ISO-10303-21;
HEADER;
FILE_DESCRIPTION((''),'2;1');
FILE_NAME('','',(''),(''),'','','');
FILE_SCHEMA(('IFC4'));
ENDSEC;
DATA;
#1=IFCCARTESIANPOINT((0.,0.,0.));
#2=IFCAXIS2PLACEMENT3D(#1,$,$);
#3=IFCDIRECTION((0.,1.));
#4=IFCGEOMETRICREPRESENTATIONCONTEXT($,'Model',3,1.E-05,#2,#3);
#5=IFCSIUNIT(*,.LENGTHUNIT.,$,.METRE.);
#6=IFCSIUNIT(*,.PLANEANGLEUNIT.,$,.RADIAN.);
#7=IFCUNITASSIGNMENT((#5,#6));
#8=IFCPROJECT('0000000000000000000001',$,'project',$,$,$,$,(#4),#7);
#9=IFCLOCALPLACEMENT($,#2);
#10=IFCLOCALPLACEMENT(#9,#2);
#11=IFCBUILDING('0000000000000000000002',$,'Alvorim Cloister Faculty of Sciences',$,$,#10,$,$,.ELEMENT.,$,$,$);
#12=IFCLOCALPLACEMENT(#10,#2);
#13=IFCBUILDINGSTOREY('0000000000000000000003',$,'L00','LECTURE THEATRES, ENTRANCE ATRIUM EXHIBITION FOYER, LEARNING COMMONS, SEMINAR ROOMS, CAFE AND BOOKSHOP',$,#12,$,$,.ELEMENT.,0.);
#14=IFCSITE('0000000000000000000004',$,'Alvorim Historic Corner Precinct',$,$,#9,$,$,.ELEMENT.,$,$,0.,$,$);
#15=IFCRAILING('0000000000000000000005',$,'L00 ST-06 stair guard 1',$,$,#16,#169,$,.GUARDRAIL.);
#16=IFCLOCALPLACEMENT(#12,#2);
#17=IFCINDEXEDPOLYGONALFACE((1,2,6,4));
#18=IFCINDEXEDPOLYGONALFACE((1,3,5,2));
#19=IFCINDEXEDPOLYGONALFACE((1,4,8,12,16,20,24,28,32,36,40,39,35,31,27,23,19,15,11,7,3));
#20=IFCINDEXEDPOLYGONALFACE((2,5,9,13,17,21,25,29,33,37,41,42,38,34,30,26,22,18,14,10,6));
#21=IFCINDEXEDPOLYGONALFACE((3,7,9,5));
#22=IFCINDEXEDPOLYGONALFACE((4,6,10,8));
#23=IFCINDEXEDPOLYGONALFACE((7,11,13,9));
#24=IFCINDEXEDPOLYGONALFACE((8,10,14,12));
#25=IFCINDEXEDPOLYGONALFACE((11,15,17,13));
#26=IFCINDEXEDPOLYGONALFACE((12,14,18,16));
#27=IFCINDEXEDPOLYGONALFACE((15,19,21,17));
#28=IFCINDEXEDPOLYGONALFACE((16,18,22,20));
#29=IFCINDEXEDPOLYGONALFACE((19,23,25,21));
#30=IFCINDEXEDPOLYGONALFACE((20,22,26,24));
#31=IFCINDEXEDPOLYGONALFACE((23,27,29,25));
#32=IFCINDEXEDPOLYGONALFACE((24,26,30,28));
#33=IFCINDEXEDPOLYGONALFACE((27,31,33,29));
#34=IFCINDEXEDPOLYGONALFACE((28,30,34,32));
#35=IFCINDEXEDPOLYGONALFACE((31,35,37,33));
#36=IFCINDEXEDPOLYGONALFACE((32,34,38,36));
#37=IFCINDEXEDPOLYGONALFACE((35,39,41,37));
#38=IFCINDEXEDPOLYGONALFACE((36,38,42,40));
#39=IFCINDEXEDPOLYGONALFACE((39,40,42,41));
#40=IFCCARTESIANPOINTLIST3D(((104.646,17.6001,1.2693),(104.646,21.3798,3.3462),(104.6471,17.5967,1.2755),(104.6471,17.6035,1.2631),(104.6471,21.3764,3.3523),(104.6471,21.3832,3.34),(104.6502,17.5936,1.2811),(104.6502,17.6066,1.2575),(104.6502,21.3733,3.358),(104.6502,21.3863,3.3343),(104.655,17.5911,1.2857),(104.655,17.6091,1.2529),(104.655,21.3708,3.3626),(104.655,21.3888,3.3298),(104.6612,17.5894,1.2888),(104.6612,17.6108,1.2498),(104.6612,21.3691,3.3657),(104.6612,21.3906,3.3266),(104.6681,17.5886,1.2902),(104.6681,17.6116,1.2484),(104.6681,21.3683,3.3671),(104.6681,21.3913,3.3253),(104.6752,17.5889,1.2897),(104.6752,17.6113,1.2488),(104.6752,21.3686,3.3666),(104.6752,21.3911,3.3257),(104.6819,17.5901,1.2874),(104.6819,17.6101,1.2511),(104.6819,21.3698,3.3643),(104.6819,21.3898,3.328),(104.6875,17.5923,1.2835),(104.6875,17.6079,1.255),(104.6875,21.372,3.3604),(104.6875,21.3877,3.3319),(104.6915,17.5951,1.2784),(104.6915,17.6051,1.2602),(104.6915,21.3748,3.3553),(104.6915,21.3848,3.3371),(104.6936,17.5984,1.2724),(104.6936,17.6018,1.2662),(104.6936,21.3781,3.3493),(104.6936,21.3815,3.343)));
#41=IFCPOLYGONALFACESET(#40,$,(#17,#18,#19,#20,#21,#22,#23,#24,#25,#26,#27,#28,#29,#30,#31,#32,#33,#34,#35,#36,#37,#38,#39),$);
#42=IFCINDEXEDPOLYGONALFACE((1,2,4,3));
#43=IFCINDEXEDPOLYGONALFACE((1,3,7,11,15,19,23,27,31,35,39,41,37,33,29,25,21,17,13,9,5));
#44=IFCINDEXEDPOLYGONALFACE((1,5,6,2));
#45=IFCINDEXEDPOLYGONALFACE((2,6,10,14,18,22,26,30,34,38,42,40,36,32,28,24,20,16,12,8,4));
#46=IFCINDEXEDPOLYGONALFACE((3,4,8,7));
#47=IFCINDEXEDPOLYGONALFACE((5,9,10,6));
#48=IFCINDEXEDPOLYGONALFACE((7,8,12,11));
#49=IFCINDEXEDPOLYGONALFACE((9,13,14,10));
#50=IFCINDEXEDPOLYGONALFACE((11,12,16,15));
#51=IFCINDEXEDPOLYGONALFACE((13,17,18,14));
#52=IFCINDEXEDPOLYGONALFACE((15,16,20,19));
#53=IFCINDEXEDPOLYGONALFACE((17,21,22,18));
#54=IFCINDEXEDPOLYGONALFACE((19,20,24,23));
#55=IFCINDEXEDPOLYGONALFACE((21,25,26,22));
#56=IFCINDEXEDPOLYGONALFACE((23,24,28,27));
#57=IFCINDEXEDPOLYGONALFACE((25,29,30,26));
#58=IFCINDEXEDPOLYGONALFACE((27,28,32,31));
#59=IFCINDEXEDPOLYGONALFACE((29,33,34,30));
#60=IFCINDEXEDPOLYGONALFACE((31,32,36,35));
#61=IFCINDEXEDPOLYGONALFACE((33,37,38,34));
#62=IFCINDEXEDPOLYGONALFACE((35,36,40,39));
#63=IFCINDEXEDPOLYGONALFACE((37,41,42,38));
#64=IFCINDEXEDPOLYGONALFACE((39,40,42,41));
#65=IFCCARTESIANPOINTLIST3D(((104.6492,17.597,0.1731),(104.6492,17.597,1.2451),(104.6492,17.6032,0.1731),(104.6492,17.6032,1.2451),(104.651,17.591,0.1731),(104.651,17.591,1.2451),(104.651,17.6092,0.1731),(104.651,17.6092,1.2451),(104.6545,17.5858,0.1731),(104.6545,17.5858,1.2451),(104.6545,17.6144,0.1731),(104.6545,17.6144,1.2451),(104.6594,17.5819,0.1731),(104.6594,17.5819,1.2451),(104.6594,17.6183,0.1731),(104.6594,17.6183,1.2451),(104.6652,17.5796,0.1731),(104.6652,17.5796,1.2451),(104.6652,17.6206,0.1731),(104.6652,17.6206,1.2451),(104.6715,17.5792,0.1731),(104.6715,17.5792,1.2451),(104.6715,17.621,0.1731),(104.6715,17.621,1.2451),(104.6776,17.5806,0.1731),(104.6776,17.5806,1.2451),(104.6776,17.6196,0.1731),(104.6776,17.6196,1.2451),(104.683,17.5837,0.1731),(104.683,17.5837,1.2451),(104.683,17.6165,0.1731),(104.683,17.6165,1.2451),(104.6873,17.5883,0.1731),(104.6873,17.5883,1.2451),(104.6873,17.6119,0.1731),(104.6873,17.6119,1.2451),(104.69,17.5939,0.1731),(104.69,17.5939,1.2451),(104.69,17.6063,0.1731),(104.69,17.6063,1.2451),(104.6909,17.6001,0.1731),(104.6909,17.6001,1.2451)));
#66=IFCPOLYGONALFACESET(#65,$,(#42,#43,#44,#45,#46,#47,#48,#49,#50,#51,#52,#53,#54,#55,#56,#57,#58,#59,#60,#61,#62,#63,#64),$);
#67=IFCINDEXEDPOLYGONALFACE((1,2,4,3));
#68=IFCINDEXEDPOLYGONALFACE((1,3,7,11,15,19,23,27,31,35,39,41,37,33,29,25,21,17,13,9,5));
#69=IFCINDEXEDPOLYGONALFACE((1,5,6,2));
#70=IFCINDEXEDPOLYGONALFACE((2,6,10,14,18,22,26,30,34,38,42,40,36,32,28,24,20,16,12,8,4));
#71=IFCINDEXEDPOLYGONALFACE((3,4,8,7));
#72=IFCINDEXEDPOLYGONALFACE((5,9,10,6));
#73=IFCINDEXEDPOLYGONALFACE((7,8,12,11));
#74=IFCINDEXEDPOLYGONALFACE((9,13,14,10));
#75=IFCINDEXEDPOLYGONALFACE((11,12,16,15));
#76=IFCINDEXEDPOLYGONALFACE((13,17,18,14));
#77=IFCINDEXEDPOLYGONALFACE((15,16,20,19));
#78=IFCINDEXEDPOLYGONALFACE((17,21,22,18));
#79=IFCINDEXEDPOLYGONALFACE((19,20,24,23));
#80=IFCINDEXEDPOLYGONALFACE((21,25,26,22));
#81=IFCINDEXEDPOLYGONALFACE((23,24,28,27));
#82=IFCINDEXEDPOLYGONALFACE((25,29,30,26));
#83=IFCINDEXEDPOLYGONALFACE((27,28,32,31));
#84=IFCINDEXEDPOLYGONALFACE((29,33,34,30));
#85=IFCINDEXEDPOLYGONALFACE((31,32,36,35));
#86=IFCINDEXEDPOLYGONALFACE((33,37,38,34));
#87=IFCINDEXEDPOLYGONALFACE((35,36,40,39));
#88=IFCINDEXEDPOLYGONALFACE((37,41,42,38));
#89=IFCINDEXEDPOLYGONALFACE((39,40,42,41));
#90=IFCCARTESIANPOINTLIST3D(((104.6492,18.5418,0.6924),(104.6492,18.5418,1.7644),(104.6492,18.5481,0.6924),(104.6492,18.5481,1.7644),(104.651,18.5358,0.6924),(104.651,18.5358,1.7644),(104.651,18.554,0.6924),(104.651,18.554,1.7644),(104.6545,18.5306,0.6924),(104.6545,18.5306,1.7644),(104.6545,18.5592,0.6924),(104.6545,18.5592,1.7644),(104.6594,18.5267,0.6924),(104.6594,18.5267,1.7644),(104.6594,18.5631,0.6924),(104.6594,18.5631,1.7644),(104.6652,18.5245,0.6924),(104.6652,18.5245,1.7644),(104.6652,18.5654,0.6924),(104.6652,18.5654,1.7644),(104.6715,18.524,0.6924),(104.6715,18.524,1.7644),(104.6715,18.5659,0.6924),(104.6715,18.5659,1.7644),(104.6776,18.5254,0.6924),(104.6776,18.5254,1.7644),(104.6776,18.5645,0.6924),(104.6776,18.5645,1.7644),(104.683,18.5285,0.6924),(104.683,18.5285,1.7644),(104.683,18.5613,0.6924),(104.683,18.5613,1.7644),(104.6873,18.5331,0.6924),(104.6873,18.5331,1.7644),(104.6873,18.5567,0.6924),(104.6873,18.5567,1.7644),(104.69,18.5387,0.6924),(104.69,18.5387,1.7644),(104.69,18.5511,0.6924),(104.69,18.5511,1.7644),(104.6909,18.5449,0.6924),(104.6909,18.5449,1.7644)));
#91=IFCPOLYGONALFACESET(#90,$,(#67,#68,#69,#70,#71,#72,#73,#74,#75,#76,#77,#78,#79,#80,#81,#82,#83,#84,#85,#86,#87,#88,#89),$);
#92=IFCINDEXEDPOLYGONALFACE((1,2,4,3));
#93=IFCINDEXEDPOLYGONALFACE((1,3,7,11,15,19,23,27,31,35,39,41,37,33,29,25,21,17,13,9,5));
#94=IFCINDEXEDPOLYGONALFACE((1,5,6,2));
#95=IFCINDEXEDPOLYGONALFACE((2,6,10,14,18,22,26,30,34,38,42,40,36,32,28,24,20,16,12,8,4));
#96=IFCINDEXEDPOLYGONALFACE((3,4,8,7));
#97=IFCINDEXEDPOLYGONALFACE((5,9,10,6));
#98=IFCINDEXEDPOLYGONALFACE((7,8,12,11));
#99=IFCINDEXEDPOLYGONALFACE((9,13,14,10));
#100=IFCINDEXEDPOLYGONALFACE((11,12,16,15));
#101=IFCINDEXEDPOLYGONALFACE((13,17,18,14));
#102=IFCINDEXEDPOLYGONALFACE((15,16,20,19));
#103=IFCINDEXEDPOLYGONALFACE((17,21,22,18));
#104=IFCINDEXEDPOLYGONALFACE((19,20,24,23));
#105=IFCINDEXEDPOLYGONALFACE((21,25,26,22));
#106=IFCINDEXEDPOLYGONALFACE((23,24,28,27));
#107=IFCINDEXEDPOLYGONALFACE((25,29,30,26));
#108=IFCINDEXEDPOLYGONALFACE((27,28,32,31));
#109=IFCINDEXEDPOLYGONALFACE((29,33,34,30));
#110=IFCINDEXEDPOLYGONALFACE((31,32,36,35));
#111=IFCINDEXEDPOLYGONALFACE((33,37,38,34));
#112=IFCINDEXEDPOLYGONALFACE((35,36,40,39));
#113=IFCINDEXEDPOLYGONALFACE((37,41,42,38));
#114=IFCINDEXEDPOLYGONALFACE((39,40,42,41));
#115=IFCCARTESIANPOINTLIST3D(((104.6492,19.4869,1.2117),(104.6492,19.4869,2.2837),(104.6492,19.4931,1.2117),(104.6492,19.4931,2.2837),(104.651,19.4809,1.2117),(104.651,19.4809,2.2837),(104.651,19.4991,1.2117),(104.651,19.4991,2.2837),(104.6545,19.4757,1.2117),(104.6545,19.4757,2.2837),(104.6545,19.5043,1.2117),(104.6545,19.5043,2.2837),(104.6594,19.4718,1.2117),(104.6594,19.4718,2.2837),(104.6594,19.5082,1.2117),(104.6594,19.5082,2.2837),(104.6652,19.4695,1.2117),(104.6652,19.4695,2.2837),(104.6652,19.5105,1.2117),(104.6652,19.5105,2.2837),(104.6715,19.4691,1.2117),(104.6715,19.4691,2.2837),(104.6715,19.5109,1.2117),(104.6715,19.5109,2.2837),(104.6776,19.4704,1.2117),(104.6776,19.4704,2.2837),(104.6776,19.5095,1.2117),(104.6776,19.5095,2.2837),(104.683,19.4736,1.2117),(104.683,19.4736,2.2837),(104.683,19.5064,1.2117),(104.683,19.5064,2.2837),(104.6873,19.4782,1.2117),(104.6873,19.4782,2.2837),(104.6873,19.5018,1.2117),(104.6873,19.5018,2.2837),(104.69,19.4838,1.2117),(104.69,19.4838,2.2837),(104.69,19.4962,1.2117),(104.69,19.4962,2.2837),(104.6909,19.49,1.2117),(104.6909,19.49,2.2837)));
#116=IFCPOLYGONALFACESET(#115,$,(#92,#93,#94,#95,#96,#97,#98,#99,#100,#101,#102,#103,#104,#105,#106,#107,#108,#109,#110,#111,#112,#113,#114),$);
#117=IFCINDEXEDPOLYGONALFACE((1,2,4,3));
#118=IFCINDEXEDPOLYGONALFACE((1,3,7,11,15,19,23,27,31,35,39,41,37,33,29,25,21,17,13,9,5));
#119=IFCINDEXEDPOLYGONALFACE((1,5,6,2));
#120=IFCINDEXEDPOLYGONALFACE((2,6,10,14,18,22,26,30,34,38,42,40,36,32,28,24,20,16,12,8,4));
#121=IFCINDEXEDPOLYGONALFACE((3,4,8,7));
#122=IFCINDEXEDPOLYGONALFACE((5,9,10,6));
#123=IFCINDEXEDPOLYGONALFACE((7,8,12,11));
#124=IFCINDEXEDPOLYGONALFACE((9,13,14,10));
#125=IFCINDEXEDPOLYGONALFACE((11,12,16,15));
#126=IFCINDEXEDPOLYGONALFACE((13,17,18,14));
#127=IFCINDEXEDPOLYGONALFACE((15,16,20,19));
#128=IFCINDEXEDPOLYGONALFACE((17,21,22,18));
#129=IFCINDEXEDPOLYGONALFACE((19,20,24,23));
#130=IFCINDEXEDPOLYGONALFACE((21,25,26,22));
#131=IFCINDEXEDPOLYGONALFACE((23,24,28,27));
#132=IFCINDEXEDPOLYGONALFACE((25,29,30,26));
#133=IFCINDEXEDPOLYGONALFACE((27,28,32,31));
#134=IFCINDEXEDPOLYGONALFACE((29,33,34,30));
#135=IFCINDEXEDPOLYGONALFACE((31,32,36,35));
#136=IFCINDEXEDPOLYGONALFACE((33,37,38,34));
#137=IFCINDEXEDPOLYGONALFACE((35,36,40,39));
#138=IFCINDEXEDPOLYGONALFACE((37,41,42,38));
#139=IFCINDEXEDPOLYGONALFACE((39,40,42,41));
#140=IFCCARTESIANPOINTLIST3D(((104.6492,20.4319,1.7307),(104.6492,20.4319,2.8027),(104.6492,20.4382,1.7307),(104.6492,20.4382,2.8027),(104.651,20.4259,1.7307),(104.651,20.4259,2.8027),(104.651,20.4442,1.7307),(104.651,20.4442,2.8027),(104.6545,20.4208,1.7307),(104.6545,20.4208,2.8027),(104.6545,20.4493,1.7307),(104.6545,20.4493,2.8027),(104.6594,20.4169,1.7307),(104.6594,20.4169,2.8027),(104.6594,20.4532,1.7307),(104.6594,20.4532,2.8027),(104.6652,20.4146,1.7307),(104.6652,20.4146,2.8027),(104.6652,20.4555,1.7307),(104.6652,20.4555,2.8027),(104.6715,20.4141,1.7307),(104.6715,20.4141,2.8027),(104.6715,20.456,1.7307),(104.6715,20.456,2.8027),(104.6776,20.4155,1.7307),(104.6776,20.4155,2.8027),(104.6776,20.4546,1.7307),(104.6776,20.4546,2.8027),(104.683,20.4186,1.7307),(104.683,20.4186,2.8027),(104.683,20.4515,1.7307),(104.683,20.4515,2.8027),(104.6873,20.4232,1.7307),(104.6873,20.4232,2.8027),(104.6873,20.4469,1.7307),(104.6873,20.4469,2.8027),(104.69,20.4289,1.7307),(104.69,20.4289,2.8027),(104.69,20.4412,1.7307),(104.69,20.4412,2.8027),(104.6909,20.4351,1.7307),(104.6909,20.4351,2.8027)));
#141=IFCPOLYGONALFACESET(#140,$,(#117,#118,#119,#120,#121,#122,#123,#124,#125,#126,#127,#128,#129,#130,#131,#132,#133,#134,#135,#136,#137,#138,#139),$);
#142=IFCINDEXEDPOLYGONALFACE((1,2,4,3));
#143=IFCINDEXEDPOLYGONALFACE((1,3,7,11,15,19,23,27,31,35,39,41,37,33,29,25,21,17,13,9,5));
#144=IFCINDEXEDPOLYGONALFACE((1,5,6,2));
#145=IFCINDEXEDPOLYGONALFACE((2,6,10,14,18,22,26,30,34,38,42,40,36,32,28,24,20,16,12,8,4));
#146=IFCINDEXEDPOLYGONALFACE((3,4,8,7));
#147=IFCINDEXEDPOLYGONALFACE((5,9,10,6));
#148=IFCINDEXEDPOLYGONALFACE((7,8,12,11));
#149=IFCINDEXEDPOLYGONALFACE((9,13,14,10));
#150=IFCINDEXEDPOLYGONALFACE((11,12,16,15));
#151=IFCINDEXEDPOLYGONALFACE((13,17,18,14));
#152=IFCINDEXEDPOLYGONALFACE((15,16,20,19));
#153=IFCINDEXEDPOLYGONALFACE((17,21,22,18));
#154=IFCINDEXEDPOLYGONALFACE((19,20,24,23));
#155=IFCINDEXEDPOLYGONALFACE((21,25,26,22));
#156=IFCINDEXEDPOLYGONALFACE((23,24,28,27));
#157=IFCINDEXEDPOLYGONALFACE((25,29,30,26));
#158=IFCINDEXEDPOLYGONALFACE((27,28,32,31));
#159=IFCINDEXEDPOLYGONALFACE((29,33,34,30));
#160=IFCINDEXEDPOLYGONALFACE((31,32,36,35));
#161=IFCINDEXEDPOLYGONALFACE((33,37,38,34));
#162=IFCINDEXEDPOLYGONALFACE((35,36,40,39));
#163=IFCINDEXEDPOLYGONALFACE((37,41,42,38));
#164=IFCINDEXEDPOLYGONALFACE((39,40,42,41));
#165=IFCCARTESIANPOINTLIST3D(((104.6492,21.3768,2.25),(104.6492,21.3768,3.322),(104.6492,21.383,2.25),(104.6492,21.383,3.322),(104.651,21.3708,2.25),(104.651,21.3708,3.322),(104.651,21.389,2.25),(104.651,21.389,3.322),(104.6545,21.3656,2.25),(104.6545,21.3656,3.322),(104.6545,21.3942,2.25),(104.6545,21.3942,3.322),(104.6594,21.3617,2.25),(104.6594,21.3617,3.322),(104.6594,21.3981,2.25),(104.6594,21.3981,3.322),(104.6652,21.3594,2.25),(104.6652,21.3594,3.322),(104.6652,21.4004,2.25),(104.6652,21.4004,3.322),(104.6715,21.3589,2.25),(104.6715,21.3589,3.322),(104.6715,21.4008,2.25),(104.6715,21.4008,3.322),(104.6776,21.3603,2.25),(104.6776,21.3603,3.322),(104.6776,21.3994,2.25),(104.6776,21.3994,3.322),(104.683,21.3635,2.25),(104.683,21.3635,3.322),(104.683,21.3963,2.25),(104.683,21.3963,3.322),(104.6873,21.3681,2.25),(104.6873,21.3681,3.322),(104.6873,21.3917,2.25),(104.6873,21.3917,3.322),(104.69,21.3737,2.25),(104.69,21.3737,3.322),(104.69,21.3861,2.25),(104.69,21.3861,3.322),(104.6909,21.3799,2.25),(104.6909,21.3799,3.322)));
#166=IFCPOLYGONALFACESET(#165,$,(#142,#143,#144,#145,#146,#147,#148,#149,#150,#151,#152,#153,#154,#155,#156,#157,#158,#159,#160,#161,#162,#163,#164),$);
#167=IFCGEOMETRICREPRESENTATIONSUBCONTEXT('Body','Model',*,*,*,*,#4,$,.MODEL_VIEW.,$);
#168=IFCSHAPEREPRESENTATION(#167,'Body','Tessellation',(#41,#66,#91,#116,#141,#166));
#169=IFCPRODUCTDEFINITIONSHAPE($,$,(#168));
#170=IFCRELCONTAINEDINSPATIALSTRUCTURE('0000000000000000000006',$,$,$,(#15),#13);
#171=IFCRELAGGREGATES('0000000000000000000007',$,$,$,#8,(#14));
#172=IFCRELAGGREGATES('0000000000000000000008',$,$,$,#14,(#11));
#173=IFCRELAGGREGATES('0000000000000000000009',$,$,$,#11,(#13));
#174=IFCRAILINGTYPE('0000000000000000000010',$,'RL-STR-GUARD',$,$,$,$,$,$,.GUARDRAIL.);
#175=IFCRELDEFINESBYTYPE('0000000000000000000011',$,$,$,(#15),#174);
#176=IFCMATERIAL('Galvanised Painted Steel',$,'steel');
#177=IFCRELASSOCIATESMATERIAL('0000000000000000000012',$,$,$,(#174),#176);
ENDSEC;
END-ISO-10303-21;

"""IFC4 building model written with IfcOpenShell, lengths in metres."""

from ifc_helpers import new_model, si_unit, direction, frame, origin, origin_2d, place, context, subcontext, project, spatial, circle, extrude, material, type_object, element, save


model = new_model("IFC4")

# Units and contexts
model_context = context("Model", 3, precision=1e-05, world=origin(), true_north=direction((0.0, 1.0)))
body_context = subcontext(model_context, "Body", "Model", "MODEL_VIEW")
ifc_project = project(units=[si_unit("LENGTHUNIT", "METRE"), si_unit("PLANEANGLEUNIT", "RADIAN")], contexts=[model_context])

# Site, building, storey
site_placement = place(None, origin())
site = spatial("IfcSite", under=ifc_project, at=site_placement, Name="Alvorim Historic Corner Precinct", CompositionType="ELEMENT", RefElevation=0.0)
building_placement = place(site_placement, origin())
building = spatial("IfcBuilding", under=site, at=building_placement, Name="Alvorim Cloister Faculty of Sciences", CompositionType="ELEMENT")
storey_placement = place(building_placement, origin())
storey = spatial("IfcBuildingStorey", under=building, at=storey_placement, Name="L00", Description="LECTURE THEATRES, ENTRANCE ATRIUM EXHIBITION FOYER, LEARNING COMMONS, SEMINAR ROOMS, CAFE AND BOOKSHOP", CompositionType="ELEMENT", Elevation=0.0)

# Railing
ifc_material_1 = material(Name="Galvanised Painted Steel", Category="steel")
railing_type_1 = type_object("IfcRailingType", Name="RL-STR-GUARD", PredefinedType="GUARDRAIL", material=ifc_material_1)
railing_1_placement = place(storey_placement, frame((104.6699, 17.6001, 0.1731)))
element("IfcRailing", 1, at=railing_1_placement, inside=storey, type_object=railing_type_1, Name="L00 ST-06 stair guard 1", PredefinedType="GUARDRAIL", context=body_context, shape_type="SweptSolid", body=[
    extrude(circle(Radius=0.0239, at=origin_2d()), frame((0.0, 0.0, 1.0962), z_axis=(0.0, 0.876409, 0.481567), x_axis=(-1.0, 0.0, 0.0)), (0.0, 0.0, 1.0), 4.3127),
    extrude(circle(Radius=0.021, at=origin_2d()), origin(), (0.0, 0.0, 1.0), 1.072),
    extrude(circle(Radius=0.021, at=origin_2d()), frame((0.0, 0.9448, 0.5193)), (0.0, 0.0, 1.0), 1.072),
    extrude(circle(Radius=0.021, at=origin_2d()), frame((0.0, 1.8899, 1.0386)), (0.0, 0.0, 1.0), 1.072),
    extrude(circle(Radius=0.021, at=origin_2d()), frame((0.0, 2.835, 1.5576)), (0.0, 0.0, 1.0), 1.072),
    extrude(circle(Radius=0.021, at=origin_2d()), frame((0.0, 3.7798, 2.0769)), (0.0, 0.0, 1.0), 1.072),
])

save(model, "model.ifc")
